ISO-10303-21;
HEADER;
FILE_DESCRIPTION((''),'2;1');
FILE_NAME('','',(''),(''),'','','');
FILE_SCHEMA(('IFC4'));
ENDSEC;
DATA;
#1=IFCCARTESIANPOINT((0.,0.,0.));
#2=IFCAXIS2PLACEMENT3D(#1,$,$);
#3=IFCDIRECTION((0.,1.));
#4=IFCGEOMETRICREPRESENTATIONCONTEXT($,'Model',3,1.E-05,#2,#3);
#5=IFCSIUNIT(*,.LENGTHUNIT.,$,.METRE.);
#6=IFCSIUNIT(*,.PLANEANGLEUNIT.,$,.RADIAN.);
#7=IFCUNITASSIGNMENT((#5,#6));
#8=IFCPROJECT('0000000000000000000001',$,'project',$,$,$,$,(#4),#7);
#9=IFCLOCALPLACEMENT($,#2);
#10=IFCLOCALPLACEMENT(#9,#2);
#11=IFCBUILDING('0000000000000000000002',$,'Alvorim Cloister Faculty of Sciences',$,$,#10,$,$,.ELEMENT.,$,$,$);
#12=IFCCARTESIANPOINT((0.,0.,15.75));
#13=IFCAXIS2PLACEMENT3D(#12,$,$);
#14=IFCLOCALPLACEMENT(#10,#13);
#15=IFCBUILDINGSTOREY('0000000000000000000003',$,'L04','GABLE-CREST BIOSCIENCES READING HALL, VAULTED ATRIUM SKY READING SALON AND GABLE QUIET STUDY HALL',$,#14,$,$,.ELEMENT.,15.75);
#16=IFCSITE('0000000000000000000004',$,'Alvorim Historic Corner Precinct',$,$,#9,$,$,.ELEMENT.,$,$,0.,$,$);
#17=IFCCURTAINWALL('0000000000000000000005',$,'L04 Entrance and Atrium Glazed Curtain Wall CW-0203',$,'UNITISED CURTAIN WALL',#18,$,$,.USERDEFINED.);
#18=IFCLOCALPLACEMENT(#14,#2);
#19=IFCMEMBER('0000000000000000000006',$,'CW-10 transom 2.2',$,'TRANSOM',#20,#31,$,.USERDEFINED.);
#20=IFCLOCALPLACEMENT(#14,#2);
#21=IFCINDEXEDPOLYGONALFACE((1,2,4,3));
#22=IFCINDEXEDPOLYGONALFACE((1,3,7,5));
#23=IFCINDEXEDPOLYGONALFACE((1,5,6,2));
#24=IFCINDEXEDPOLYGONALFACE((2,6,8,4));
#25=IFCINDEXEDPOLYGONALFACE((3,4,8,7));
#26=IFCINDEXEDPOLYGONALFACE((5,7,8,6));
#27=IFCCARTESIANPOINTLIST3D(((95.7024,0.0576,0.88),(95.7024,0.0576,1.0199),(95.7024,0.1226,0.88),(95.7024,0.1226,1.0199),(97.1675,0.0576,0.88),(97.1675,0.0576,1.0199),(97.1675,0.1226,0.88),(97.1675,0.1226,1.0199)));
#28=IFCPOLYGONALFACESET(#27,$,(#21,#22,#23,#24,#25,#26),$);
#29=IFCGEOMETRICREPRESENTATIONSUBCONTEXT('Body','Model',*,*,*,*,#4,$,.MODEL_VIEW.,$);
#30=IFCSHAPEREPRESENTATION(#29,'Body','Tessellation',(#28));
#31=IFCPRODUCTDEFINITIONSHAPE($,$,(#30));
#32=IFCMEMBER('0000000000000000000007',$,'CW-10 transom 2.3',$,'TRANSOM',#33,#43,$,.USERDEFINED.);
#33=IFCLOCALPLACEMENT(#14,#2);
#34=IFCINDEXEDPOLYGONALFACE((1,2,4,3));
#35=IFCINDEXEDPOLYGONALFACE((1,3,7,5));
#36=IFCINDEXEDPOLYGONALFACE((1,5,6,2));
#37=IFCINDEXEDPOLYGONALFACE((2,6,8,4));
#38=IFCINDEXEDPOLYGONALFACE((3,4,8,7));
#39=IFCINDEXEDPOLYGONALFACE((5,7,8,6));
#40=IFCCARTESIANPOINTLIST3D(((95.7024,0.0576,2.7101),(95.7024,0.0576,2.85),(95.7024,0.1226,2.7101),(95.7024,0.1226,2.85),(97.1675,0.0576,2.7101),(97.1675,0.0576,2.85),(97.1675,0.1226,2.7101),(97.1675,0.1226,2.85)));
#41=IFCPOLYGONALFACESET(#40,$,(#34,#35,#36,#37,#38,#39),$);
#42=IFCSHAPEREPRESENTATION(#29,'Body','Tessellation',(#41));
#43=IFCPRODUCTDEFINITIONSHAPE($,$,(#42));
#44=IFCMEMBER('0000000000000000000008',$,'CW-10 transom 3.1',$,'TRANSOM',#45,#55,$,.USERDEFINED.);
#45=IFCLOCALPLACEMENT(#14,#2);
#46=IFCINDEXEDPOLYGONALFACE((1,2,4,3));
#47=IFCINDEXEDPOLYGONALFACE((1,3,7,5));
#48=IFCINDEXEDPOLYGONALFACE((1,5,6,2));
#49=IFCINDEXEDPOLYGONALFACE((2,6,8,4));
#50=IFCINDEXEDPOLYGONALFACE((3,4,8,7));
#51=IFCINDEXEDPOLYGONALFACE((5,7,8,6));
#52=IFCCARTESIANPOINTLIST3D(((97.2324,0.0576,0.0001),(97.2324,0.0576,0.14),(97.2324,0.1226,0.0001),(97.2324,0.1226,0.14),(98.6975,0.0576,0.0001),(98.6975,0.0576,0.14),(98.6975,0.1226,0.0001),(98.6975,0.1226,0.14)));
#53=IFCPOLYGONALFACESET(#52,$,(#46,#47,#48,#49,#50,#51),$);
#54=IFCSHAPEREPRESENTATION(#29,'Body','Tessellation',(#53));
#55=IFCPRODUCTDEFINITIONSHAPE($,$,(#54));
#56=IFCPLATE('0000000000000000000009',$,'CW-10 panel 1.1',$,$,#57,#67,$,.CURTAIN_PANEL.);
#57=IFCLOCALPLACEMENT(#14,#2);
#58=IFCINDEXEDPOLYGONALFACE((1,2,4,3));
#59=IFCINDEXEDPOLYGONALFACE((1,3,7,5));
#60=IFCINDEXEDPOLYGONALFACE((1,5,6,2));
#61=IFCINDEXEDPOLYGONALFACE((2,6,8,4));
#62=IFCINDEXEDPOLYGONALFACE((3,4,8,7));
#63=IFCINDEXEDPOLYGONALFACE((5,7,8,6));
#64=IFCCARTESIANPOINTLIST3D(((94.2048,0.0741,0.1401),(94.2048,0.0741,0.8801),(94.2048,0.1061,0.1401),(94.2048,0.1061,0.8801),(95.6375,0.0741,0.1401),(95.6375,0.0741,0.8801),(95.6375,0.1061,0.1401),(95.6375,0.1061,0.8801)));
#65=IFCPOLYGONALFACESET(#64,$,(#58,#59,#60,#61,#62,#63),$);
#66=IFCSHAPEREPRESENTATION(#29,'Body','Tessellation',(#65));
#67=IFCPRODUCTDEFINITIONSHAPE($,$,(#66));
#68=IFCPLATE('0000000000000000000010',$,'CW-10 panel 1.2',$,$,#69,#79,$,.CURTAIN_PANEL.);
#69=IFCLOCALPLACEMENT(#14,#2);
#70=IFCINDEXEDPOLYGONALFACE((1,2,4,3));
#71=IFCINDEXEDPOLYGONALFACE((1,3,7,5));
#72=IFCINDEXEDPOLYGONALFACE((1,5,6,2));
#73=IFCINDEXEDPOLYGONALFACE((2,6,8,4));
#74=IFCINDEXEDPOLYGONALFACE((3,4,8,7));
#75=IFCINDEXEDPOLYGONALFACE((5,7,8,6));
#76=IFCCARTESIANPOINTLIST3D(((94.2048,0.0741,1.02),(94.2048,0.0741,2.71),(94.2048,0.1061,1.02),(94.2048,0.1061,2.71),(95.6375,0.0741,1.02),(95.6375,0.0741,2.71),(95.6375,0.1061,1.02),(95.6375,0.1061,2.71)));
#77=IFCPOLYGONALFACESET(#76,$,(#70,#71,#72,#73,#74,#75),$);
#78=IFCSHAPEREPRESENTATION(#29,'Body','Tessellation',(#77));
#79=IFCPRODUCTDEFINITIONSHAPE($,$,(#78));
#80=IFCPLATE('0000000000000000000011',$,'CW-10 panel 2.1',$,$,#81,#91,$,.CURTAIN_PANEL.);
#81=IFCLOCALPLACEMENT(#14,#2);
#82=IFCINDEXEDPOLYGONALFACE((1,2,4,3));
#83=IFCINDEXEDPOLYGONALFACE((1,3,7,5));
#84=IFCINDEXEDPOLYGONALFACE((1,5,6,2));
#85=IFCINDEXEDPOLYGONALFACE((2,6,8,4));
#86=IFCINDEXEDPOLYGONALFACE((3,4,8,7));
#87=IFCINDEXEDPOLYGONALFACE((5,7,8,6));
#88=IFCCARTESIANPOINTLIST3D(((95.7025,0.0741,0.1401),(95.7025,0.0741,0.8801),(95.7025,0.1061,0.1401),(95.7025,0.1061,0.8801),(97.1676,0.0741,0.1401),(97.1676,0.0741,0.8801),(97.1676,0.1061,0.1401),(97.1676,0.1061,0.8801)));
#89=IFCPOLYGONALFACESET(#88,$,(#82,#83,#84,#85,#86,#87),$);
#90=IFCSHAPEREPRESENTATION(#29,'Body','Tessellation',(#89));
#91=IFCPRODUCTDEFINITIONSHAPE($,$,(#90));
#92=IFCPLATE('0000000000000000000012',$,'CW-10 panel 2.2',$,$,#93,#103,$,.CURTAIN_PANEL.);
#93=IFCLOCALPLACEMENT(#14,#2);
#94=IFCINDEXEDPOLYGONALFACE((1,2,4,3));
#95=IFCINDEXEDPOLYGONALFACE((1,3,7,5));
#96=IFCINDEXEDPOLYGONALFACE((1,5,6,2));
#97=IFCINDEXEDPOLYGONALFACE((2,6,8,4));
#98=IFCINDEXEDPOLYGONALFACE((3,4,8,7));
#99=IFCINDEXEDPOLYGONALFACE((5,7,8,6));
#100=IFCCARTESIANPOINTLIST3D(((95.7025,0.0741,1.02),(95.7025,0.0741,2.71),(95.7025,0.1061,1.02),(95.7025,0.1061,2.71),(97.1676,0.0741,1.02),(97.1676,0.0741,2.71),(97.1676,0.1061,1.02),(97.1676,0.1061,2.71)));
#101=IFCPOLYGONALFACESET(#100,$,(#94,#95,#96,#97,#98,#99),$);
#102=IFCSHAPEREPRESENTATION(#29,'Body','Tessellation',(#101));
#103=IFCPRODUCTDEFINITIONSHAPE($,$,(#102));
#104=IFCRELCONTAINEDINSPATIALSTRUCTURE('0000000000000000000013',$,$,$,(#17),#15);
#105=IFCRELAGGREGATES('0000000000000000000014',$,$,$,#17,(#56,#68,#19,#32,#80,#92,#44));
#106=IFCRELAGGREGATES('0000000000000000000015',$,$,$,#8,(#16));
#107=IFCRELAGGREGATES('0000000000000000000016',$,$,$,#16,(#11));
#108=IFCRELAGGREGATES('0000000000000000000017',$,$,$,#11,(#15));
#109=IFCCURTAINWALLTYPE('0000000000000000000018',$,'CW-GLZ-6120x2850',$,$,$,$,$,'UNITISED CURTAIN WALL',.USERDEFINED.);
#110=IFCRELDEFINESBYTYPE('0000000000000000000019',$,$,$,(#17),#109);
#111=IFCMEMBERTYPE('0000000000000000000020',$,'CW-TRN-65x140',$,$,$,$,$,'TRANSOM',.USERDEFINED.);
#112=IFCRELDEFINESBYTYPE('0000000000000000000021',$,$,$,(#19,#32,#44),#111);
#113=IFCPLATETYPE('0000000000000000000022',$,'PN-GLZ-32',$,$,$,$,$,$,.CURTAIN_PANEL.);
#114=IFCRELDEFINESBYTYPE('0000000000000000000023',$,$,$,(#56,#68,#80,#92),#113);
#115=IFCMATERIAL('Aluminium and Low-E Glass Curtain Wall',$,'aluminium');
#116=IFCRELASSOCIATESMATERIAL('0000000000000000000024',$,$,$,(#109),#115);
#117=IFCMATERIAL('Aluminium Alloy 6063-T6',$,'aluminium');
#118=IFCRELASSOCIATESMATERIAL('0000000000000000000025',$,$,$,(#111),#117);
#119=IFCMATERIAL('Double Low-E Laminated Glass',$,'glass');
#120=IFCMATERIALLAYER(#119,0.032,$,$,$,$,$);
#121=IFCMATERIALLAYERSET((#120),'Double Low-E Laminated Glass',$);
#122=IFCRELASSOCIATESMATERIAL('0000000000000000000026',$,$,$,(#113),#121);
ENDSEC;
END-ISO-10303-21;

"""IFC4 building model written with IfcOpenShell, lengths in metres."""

from ifc_helpers import new_model, si_unit, direction, frame, origin, origin_2d, place, context, subcontext, project, spatial, rectangle, extrude, material, layer, layer_set, material_profile, profile_set, type_object, element, aggregate, save


model = new_model("IFC4")

# Units and contexts
model_context = context("Model", 3, precision=1e-05, world=origin(), true_north=direction((0.0, 1.0)))
body_context = subcontext(model_context, "Body", "Model", "MODEL_VIEW")
ifc_project = project(units=[si_unit("LENGTHUNIT", "METRE"), si_unit("PLANEANGLEUNIT", "RADIAN")], contexts=[model_context])

# Site, building, storey
site_placement = place(None, origin())
site = spatial("IfcSite", under=ifc_project, at=site_placement, Name="Alvorim Historic Corner Precinct", CompositionType="ELEMENT", RefElevation=0.0)
building_placement = place(site_placement, origin())
building = spatial("IfcBuilding", under=site, at=building_placement, Name="Alvorim Cloister Faculty of Sciences", CompositionType="ELEMENT")
storey_placement = place(building_placement, frame((0.0, 0.0, 15.75)))
storey = spatial("IfcBuildingStorey", under=building, at=storey_placement, Name="L04", Description="GABLE-CREST BIOSCIENCES READING HALL, VAULTED ATRIUM SKY READING SALON AND GABLE QUIET STUDY HALL", CompositionType="ELEMENT", Elevation=15.75)

# Curtain wall
ifc_material_1 = material(Name="Aluminium and Low-E Glass Curtain Wall", Category="aluminium")
curtain_wall_type = type_object("IfcCurtainWallType", Name="CW-GLZ-6120x2850", ElementType="UNITISED CURTAIN WALL", PredefinedType="USERDEFINED", material=ifc_material_1)
curtain_wall_1_placement = place(storey_placement, origin())
curtain_wall_1 = element("IfcCurtainWall", 1, at=curtain_wall_1_placement, inside=storey, type_object=curtain_wall_type, Name="L04 Entrance and Atrium Glazed Curtain Wall CW-0203", ObjectType="UNITISED CURTAIN WALL", PredefinedType="USERDEFINED")
ifc_material_2 = material(Name="Aluminium Alloy 6063-T6", Category="aluminium")

# Members
ifc_material_profile_1 = material_profile(ifc_material_2, rectangle(XDim=0.0649, YDim=0.1399, at=origin_2d()), Name="ALU-TRN-65x140")
ifc_profile_set_1 = profile_set([ifc_material_profile_1], Name="Aluminium Alloy 6063-T6")
member_type_1 = type_object("IfcMemberType", Name="CW-TRN-65x140", ElementType="TRANSOM", PredefinedType="USERDEFINED", material=ifc_profile_set_1)
member_1_placement = place(storey_placement, frame((95.7024, 0.0901, 0.95), z_axis=(1.0, 0.0, 0.0), x_axis=(0.0, 1.0, 0.0)))
member_1 = element("IfcMember", 2, at=member_1_placement, type_object=member_type_1, Name="CW-10 transom 2.2", ObjectType="TRANSOM", PredefinedType="USERDEFINED", context=body_context, shape_type="SweptSolid", body=[
    extrude(rectangle(XDim=0.0649, YDim=0.1399, at=origin_2d()), origin(), (0.0, 0.0, 1.0), 1.4651),
])
member_2_placement = place(storey_placement, frame((95.7024, 0.0901, 2.78), z_axis=(1.0, 0.0, 0.0), x_axis=(0.0, 1.0, 0.0)))
member_2 = element("IfcMember", 3, at=member_2_placement, type_object=member_type_1, Name="CW-10 transom 2.3", ObjectType="TRANSOM", PredefinedType="USERDEFINED", context=body_context, shape_type="SweptSolid", body=[
    extrude(rectangle(XDim=0.0649, YDim=0.1399, at=origin_2d()), origin(), (0.0, 0.0, 1.0), 1.4651),
])
member_3_placement = place(storey_placement, frame((97.2324, 0.0901, 0.0701), z_axis=(1.0, 0.0, 0.0), x_axis=(0.0, 1.0, 0.0)))
member_3 = element("IfcMember", 4, at=member_3_placement, type_object=member_type_1, Name="CW-10 transom 3.1", ObjectType="TRANSOM", PredefinedType="USERDEFINED", context=body_context, shape_type="SweptSolid", body=[
    extrude(rectangle(XDim=0.0649, YDim=0.1399, at=origin_2d()), origin(), (0.0, 0.0, 1.0), 1.4651),
])

# Plates
ifc_material_3 = material(Name="Double Low-E Laminated Glass", Category="glass")
ifc_layer = layer(ifc_material_3, 0.032)
ifc_layer_set = layer_set([ifc_layer], Name="Double Low-E Laminated Glass")
plate_type = type_object("IfcPlateType", Name="PN-GLZ-32", PredefinedType="CURTAIN_PANEL", material=ifc_layer_set)
plate_1_placement = place(storey_placement, frame((94.9211, 0.0901, 0.1401), z_axis=(0.0, 0.0, 1.0), x_axis=(1.0, 0.0, 0.0)))
plate_1 = element("IfcPlate", 5, at=plate_1_placement, type_object=plate_type, Name="CW-10 panel 1.1", PredefinedType="CURTAIN_PANEL", context=body_context, shape_type="SweptSolid", body=[
    extrude(rectangle(XDim=1.4326, YDim=0.032, at=origin_2d()), origin(), (0.0, 0.0, 1.0), 0.74),
])
plate_2_placement = place(storey_placement, frame((94.9211, 0.0901, 1.02), z_axis=(0.0, 0.0, 1.0), x_axis=(1.0, 0.0, 0.0)))
plate_2 = element("IfcPlate", 6, at=plate_2_placement, type_object=plate_type, Name="CW-10 panel 1.2", PredefinedType="CURTAIN_PANEL", context=body_context, shape_type="SweptSolid", body=[
    extrude(rectangle(XDim=1.4326, YDim=0.032, at=origin_2d()), origin(), (0.0, 0.0, 1.0), 1.6899),
])
plate_3_placement = place(storey_placement, frame((96.4351, 0.0901, 0.1401), z_axis=(0.0, 0.0, 1.0), x_axis=(1.0, 0.0, 0.0)))
plate_3 = element("IfcPlate", 7, at=plate_3_placement, type_object=plate_type, Name="CW-10 panel 2.1", PredefinedType="CURTAIN_PANEL", context=body_context, shape_type="SweptSolid", body=[
    extrude(rectangle(XDim=1.4651, YDim=0.032, at=origin_2d()), origin(), (0.0, 0.0, 1.0), 0.74),
])
plate_4_placement = place(storey_placement, frame((96.4351, 0.0901, 1.02), z_axis=(0.0, 0.0, 1.0), x_axis=(1.0, 0.0, 0.0)))
plate_4 = element("IfcPlate", 8, at=plate_4_placement, type_object=plate_type, Name="CW-10 panel 2.2", PredefinedType="CURTAIN_PANEL", context=body_context, shape_type="SweptSolid", body=[
    extrude(rectangle(XDim=1.4651, YDim=0.032, at=origin_2d()), origin(), (0.0, 0.0, 1.0), 1.6899),
])
aggregate(curtain_wall_1, [plate_1, plate_2, member_1, member_2, plate_3, plate_4, member_3])

save(model, "model.ifc")
